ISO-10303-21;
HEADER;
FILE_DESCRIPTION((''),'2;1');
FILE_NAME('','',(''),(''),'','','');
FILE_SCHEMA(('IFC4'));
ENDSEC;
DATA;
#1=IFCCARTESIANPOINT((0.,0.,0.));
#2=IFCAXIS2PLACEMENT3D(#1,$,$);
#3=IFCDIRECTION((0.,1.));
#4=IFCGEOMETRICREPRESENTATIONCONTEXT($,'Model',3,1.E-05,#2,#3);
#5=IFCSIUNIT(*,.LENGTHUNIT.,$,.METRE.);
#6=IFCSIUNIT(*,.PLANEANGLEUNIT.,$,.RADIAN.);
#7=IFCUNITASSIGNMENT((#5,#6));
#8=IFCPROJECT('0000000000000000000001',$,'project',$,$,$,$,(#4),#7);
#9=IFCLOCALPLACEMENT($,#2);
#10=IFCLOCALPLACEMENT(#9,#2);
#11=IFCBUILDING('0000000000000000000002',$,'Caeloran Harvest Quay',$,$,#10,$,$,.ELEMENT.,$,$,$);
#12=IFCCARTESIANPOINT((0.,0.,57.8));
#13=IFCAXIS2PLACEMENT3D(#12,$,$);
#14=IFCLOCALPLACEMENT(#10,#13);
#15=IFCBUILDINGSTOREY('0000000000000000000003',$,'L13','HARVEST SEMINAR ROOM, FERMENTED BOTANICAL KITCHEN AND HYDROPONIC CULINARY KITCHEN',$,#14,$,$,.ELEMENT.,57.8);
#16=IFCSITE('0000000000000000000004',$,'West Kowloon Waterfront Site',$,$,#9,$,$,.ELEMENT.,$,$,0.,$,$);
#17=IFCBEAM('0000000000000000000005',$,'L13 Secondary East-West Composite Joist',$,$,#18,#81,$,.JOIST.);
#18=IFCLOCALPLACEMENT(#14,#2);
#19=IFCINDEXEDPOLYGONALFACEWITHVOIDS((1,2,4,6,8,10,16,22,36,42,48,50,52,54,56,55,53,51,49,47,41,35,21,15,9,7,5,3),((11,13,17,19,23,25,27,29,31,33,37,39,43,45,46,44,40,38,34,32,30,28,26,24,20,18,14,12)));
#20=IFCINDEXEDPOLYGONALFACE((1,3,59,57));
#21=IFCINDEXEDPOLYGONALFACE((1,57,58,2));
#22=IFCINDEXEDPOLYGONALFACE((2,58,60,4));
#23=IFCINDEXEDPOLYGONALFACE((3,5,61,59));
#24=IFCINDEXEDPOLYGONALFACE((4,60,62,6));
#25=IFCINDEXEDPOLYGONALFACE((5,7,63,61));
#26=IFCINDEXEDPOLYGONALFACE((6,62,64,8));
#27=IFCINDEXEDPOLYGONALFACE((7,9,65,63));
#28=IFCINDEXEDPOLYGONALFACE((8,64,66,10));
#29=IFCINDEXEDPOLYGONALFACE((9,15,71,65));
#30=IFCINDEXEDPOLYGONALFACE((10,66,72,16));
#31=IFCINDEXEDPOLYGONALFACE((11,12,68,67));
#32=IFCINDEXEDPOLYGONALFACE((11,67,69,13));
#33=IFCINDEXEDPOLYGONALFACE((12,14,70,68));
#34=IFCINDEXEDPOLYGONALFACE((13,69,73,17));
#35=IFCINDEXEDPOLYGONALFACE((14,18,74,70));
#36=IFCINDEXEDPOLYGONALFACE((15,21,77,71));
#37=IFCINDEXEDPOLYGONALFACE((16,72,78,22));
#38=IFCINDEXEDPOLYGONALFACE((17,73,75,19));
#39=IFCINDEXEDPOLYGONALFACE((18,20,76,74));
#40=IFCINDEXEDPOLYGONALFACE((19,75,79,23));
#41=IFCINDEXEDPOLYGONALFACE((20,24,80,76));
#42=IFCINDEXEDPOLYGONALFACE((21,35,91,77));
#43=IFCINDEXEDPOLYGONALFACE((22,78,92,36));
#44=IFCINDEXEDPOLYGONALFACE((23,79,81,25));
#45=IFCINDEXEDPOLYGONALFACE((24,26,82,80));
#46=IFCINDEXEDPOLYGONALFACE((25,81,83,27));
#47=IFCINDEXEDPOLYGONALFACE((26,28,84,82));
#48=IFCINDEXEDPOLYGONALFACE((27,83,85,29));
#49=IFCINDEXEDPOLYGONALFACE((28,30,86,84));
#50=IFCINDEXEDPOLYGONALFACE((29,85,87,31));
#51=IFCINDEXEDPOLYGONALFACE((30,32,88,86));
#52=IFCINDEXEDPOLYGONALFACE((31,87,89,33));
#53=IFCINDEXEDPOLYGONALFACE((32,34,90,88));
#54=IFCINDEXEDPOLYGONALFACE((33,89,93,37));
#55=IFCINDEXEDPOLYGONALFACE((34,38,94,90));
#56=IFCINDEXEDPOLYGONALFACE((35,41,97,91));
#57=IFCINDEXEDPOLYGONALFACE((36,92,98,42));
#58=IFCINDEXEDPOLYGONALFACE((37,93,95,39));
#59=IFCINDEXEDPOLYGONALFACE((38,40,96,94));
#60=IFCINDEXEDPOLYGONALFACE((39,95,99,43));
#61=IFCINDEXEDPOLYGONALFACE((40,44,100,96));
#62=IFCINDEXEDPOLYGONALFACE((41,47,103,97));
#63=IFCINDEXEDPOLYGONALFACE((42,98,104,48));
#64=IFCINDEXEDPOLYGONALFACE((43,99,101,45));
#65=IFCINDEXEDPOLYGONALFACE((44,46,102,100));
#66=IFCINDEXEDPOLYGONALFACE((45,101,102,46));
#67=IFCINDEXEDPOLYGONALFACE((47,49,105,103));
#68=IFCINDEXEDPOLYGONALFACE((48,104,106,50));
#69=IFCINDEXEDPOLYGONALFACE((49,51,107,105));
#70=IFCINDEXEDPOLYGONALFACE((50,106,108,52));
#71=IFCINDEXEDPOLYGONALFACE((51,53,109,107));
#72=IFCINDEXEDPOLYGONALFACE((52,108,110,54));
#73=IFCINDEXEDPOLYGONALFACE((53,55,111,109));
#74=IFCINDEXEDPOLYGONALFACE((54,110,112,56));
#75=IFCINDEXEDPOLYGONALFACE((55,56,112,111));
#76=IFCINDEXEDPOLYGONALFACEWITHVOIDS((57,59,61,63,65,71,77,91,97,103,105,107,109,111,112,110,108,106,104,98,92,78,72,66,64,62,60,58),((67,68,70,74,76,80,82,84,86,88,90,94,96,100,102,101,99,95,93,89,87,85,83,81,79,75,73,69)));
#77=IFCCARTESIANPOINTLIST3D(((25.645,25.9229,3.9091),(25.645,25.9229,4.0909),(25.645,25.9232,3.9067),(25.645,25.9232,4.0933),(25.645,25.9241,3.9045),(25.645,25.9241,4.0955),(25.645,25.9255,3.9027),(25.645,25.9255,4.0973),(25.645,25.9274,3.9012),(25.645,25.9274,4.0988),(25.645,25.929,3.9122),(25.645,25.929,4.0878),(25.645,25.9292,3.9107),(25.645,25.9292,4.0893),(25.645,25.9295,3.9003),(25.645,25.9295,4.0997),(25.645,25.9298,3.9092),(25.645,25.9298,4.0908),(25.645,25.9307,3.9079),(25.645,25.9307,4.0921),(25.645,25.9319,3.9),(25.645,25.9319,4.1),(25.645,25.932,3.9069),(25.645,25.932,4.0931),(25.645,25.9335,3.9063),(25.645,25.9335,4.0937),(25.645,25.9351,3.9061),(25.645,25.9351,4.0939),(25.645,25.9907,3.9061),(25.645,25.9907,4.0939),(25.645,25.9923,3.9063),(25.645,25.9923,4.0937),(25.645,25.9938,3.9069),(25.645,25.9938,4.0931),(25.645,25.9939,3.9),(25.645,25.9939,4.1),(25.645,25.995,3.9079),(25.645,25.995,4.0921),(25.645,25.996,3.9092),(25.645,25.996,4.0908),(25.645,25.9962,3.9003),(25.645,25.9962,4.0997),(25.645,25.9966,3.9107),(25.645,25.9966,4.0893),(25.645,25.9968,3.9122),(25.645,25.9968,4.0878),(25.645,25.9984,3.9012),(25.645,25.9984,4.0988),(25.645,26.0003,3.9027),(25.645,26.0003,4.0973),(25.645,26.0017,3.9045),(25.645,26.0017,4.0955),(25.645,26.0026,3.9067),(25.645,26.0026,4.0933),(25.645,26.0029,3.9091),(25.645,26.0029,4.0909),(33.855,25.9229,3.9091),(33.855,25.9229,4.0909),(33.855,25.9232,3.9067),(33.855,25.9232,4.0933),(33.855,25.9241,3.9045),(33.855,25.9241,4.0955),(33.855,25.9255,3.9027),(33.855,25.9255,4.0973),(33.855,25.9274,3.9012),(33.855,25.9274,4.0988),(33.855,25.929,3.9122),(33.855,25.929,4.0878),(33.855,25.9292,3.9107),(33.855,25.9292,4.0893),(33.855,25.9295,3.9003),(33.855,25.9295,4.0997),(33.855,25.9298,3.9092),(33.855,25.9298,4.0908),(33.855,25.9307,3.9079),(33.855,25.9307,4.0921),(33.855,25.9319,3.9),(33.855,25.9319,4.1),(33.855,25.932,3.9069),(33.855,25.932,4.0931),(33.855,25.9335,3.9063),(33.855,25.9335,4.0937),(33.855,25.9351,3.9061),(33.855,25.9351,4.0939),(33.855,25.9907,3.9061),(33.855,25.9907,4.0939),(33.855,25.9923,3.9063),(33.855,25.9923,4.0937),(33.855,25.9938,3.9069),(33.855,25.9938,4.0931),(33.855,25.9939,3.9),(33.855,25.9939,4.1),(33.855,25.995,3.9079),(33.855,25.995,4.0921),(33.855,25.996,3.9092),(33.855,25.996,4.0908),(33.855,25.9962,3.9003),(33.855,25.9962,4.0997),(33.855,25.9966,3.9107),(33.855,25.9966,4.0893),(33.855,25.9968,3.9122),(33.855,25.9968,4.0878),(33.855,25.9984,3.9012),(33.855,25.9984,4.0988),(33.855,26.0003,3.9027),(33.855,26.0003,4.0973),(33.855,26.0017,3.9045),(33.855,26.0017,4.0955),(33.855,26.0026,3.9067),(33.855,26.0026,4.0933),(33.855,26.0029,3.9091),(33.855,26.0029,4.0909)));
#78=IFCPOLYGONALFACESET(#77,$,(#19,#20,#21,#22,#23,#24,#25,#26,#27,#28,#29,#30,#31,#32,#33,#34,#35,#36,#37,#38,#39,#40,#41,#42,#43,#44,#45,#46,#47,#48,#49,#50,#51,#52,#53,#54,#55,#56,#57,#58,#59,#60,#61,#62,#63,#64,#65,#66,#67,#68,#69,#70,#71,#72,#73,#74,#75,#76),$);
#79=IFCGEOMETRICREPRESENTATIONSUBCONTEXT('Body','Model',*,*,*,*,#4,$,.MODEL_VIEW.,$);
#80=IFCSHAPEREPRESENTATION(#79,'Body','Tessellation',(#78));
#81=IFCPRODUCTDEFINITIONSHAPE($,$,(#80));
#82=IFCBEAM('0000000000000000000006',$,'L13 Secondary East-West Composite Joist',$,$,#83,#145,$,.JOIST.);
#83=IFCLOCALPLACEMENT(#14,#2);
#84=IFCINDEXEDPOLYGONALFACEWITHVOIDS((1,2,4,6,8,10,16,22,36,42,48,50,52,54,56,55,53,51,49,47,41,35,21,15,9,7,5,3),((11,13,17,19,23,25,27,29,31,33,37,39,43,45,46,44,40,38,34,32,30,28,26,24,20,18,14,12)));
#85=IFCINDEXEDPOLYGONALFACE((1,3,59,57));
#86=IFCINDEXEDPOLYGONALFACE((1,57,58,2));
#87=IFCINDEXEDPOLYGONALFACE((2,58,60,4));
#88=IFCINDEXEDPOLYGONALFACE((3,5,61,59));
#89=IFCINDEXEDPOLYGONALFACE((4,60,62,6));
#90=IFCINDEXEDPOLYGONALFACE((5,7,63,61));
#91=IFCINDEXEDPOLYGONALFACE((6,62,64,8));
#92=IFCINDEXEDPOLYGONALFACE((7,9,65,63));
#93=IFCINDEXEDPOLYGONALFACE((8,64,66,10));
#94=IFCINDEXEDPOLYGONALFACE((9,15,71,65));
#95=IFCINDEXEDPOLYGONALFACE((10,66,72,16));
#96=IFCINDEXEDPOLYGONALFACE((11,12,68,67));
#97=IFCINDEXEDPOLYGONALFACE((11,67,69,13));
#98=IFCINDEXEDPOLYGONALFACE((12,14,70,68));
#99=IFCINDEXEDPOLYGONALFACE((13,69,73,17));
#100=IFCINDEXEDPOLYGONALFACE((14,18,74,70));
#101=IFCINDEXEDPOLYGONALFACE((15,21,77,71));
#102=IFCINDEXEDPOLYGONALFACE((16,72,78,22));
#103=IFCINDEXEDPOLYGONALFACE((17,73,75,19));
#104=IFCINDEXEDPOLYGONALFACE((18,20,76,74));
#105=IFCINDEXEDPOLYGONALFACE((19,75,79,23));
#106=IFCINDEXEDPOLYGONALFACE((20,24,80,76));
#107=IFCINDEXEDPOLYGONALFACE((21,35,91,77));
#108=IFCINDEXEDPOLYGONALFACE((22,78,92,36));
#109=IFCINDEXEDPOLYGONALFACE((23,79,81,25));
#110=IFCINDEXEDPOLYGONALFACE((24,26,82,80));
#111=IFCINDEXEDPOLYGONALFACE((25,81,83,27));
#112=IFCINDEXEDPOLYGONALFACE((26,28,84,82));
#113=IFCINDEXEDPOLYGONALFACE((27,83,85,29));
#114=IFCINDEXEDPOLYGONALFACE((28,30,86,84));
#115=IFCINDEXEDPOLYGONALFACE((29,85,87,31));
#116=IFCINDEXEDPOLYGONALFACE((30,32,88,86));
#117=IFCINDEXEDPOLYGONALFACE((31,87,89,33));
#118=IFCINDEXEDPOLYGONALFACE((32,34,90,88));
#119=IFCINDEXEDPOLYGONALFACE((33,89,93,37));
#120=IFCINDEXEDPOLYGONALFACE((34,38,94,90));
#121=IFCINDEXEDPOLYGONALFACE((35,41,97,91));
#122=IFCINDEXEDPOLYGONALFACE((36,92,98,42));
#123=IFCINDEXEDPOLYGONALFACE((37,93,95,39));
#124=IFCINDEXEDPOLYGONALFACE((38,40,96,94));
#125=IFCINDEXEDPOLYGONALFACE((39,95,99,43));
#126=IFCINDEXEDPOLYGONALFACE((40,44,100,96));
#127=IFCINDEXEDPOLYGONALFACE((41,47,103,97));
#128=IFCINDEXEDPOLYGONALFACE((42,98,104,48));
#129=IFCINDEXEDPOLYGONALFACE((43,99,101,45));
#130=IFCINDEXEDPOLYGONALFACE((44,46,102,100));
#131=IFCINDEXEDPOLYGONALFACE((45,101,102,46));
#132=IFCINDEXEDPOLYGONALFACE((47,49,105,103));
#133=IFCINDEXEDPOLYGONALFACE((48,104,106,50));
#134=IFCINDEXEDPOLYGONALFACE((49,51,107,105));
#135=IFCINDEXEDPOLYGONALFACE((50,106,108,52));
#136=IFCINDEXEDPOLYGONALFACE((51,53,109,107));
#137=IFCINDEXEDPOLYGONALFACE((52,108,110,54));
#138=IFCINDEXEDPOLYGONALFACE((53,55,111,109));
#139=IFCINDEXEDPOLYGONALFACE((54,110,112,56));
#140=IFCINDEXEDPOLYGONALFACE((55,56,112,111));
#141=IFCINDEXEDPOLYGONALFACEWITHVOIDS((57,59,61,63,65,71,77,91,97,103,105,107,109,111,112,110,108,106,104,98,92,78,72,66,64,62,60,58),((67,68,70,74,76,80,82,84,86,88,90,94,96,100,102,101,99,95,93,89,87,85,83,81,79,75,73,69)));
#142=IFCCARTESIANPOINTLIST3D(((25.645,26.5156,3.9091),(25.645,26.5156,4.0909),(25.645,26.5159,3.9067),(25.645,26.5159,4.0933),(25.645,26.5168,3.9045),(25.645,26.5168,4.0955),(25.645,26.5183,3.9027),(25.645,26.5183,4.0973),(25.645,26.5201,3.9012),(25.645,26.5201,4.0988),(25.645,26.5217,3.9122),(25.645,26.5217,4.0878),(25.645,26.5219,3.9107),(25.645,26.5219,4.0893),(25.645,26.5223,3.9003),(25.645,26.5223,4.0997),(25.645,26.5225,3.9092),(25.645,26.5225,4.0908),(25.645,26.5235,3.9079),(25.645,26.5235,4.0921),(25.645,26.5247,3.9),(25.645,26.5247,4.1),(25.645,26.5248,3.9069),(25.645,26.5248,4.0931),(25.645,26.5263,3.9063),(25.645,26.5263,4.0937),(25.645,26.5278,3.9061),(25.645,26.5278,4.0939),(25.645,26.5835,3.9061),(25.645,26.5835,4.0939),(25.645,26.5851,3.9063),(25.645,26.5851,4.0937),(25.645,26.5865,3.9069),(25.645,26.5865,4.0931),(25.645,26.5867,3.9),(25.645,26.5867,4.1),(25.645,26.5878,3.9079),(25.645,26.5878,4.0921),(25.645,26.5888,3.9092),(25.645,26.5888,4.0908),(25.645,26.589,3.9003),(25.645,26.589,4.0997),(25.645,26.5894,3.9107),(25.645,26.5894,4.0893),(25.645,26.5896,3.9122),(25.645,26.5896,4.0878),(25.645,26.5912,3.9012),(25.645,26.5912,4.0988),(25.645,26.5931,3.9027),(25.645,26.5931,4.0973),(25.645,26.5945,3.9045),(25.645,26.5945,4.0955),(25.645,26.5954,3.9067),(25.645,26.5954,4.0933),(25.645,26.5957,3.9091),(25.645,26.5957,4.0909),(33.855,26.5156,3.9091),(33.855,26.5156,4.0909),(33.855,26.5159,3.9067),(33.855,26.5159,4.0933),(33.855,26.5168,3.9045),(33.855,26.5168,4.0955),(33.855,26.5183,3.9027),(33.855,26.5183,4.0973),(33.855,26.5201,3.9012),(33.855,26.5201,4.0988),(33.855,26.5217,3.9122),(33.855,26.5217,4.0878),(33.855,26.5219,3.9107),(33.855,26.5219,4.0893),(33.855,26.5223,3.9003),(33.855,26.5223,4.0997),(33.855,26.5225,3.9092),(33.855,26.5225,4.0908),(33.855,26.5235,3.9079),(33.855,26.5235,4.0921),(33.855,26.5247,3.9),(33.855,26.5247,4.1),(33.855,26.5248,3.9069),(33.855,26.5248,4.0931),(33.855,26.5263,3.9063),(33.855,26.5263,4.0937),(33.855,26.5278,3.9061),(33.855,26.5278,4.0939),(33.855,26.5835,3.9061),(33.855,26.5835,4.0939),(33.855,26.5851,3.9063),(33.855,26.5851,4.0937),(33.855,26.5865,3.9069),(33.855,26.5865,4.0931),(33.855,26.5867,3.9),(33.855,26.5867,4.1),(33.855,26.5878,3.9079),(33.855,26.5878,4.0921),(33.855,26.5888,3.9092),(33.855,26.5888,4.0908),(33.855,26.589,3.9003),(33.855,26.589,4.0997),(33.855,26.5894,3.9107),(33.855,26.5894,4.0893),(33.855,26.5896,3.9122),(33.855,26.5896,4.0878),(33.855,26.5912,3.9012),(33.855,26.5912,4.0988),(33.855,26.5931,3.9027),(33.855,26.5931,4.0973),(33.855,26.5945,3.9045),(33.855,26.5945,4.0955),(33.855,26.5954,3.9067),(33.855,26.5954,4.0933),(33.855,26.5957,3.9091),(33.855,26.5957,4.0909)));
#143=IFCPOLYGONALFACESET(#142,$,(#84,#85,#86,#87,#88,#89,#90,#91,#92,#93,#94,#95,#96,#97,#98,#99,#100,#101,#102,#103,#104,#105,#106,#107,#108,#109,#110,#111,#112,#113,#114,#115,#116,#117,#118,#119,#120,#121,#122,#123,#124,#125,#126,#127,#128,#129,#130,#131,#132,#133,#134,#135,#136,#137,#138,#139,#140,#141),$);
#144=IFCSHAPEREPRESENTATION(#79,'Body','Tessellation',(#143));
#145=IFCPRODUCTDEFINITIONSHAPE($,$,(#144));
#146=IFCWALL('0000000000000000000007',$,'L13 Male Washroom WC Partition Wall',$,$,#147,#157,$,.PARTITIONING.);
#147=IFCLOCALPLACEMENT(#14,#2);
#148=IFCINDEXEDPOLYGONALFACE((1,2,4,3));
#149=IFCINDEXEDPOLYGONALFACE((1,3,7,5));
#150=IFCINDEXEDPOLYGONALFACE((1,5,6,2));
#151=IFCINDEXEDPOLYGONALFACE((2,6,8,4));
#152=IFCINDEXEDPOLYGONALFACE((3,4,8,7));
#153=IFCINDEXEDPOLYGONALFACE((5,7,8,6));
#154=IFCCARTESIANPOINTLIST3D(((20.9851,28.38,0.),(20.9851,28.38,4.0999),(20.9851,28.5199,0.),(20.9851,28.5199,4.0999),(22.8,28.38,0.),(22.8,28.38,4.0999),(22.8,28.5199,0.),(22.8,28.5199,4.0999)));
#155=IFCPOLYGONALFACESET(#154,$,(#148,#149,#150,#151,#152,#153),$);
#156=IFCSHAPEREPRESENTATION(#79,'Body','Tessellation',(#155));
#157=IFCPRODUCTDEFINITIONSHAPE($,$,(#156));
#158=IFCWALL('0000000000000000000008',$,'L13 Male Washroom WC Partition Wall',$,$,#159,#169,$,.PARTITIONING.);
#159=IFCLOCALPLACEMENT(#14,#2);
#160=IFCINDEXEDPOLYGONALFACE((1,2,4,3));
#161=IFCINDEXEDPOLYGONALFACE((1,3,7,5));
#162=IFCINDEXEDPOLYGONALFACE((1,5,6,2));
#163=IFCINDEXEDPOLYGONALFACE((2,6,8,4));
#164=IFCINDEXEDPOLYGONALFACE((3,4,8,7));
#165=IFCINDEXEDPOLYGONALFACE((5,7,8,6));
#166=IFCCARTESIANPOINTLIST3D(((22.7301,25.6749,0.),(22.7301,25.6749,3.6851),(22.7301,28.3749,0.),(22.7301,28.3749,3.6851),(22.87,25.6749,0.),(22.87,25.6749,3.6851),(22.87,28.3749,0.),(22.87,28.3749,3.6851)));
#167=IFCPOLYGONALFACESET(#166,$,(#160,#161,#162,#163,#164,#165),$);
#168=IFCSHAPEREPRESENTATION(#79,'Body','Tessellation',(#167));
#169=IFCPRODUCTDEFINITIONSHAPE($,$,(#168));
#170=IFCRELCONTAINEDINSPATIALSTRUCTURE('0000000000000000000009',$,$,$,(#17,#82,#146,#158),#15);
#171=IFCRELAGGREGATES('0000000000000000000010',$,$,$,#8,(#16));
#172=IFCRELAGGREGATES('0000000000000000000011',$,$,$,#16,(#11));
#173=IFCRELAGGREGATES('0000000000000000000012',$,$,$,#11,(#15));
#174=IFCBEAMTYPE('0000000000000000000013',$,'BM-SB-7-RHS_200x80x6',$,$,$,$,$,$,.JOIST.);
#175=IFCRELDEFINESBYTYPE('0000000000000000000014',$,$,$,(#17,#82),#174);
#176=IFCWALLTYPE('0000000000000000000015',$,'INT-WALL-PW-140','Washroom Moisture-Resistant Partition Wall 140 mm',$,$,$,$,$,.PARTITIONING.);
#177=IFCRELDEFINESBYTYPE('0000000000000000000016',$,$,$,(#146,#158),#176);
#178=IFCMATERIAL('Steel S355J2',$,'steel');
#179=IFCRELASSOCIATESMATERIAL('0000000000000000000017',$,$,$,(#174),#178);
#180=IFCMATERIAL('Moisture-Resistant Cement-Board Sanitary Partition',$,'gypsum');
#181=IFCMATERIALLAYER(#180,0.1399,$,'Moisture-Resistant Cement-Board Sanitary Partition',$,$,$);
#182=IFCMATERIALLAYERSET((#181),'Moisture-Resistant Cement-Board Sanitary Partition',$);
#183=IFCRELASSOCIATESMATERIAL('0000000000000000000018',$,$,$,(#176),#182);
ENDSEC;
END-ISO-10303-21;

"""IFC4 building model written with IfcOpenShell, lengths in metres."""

from ifc_helpers import new_model, si_unit, direction, frame, frame_2d, origin, origin_2d, place, context, subcontext, project, spatial, rectangle, hollow_rectangle, extrude, material, layer, layer_set, material_profile, profile_set, type_object, element, save


model = new_model("IFC4")

# Units and contexts
model_context = context("Model", 3, precision=1e-05, world=origin(), true_north=direction((0.0, 1.0)))
body_context = subcontext(model_context, "Body", "Model", "MODEL_VIEW")
ifc_project = project(units=[si_unit("LENGTHUNIT", "METRE"), si_unit("PLANEANGLEUNIT", "RADIAN")], contexts=[model_context])

# Site, building, storey
site_placement = place(None, origin())
site = spatial("IfcSite", under=ifc_project, at=site_placement, Name="West Kowloon Waterfront Site", CompositionType="ELEMENT", RefElevation=0.0)
building_placement = place(site_placement, origin())
building = spatial("IfcBuilding", under=site, at=building_placement, Name="Caeloran Harvest Quay", CompositionType="ELEMENT")
storey_placement = place(building_placement, frame((0.0, 0.0, 57.8)))
storey = spatial("IfcBuildingStorey", under=building, at=storey_placement, Name="L13", Description="HARVEST SEMINAR ROOM, FERMENTED BOTANICAL KITCHEN AND HYDROPONIC CULINARY KITCHEN", CompositionType="ELEMENT", Elevation=57.8)

# Beams
ifc_material_1 = material(Name="Steel S355J2", Category="steel")
ifc_material_profile_1 = material_profile(ifc_material_1, hollow_rectangle(XDim=0.0801, YDim=0.2, WallThickness=0.0061, InnerFilletRadius=0.0061, OuterFilletRadius=0.009, at=origin_2d()), Name="RHS 200x80x6")
ifc_profile_set_1 = profile_set([ifc_material_profile_1], Name="Steel S355J2")
beam_type_1 = type_object("IfcBeamType", Name="BM-SB-7-RHS_200x80x6", PredefinedType="JOIST", material=ifc_profile_set_1)
for number, where, z_axis, x_axis, name in (
    (1, (25.645, 25.9629, 4.0), (1.0, 0.0, 0.0), (0.0, 1.0, 0.0), "L13 Secondary East-West Composite Joist"),
    (2, (25.645, 26.5557, 4.0), (1.0, 0.0, 0.0), (0.0, 1.0, 0.0), "L13 Secondary East-West Composite Joist"),
):
    element("IfcBeam", number, at=place(storey_placement, frame(where, z_axis=z_axis, x_axis=x_axis)), inside=storey, type_object=beam_type_1, Name=name, PredefinedType="JOIST", context=body_context, shape_type="SweptSolid", body=[
        extrude(hollow_rectangle(XDim=0.0801, YDim=0.2, WallThickness=0.0061, InnerFilletRadius=0.0061, OuterFilletRadius=0.009, at=origin_2d()), origin(), (0.0, 0.0, 1.0), 8.21),
    ])

# Walls
ifc_material_2 = material(Name="Moisture-Resistant Cement-Board Sanitary Partition", Category="gypsum")
ifc_layer_1 = layer(ifc_material_2, 0.1399, Name="Moisture-Resistant Cement-Board Sanitary Partition")
ifc_layer_set_1 = layer_set([ifc_layer_1], Name="Moisture-Resistant Cement-Board Sanitary Partition")
wall_type_1 = type_object("IfcWallType", Name="INT-WALL-PW-140", Description="Washroom Moisture-Resistant Partition Wall 140 mm", PredefinedType="PARTITIONING", material=ifc_layer_set_1)
wall_1_placement = place(storey_placement, frame((20.9851, 28.45, 0.0), z_axis=(0.0, 0.0, 1.0), x_axis=(1.0, 0.0, 0.0)))
element("IfcWall", 3, at=wall_1_placement, inside=storey, type_object=wall_type_1, Name="L13 Male Washroom WC Partition Wall", PredefinedType="PARTITIONING", context=body_context, shape_type="SweptSolid", body=[
    extrude(rectangle(XDim=1.8149, YDim=0.1399, at=frame_2d((0.9075, 0.0))), origin(), (0.0, 0.0, 1.0), 4.0999),
])
wall_2_placement = place(storey_placement, frame((22.8, 28.375, 0.0), z_axis=(0.0, 0.0, 1.0), x_axis=(0.0, -1.0, 0.0)))
element("IfcWall", 4, at=wall_2_placement, inside=storey, type_object=wall_type_1, Name="L13 Male Washroom WC Partition Wall", PredefinedType="PARTITIONING", context=body_context, shape_type="SweptSolid", body=[
    extrude(rectangle(XDim=2.7, YDim=0.1399, at=frame_2d((1.3501, 0.0))), origin(), (0.0, 0.0, 1.0), 3.6851),
])

save(model, "model.ifc")
